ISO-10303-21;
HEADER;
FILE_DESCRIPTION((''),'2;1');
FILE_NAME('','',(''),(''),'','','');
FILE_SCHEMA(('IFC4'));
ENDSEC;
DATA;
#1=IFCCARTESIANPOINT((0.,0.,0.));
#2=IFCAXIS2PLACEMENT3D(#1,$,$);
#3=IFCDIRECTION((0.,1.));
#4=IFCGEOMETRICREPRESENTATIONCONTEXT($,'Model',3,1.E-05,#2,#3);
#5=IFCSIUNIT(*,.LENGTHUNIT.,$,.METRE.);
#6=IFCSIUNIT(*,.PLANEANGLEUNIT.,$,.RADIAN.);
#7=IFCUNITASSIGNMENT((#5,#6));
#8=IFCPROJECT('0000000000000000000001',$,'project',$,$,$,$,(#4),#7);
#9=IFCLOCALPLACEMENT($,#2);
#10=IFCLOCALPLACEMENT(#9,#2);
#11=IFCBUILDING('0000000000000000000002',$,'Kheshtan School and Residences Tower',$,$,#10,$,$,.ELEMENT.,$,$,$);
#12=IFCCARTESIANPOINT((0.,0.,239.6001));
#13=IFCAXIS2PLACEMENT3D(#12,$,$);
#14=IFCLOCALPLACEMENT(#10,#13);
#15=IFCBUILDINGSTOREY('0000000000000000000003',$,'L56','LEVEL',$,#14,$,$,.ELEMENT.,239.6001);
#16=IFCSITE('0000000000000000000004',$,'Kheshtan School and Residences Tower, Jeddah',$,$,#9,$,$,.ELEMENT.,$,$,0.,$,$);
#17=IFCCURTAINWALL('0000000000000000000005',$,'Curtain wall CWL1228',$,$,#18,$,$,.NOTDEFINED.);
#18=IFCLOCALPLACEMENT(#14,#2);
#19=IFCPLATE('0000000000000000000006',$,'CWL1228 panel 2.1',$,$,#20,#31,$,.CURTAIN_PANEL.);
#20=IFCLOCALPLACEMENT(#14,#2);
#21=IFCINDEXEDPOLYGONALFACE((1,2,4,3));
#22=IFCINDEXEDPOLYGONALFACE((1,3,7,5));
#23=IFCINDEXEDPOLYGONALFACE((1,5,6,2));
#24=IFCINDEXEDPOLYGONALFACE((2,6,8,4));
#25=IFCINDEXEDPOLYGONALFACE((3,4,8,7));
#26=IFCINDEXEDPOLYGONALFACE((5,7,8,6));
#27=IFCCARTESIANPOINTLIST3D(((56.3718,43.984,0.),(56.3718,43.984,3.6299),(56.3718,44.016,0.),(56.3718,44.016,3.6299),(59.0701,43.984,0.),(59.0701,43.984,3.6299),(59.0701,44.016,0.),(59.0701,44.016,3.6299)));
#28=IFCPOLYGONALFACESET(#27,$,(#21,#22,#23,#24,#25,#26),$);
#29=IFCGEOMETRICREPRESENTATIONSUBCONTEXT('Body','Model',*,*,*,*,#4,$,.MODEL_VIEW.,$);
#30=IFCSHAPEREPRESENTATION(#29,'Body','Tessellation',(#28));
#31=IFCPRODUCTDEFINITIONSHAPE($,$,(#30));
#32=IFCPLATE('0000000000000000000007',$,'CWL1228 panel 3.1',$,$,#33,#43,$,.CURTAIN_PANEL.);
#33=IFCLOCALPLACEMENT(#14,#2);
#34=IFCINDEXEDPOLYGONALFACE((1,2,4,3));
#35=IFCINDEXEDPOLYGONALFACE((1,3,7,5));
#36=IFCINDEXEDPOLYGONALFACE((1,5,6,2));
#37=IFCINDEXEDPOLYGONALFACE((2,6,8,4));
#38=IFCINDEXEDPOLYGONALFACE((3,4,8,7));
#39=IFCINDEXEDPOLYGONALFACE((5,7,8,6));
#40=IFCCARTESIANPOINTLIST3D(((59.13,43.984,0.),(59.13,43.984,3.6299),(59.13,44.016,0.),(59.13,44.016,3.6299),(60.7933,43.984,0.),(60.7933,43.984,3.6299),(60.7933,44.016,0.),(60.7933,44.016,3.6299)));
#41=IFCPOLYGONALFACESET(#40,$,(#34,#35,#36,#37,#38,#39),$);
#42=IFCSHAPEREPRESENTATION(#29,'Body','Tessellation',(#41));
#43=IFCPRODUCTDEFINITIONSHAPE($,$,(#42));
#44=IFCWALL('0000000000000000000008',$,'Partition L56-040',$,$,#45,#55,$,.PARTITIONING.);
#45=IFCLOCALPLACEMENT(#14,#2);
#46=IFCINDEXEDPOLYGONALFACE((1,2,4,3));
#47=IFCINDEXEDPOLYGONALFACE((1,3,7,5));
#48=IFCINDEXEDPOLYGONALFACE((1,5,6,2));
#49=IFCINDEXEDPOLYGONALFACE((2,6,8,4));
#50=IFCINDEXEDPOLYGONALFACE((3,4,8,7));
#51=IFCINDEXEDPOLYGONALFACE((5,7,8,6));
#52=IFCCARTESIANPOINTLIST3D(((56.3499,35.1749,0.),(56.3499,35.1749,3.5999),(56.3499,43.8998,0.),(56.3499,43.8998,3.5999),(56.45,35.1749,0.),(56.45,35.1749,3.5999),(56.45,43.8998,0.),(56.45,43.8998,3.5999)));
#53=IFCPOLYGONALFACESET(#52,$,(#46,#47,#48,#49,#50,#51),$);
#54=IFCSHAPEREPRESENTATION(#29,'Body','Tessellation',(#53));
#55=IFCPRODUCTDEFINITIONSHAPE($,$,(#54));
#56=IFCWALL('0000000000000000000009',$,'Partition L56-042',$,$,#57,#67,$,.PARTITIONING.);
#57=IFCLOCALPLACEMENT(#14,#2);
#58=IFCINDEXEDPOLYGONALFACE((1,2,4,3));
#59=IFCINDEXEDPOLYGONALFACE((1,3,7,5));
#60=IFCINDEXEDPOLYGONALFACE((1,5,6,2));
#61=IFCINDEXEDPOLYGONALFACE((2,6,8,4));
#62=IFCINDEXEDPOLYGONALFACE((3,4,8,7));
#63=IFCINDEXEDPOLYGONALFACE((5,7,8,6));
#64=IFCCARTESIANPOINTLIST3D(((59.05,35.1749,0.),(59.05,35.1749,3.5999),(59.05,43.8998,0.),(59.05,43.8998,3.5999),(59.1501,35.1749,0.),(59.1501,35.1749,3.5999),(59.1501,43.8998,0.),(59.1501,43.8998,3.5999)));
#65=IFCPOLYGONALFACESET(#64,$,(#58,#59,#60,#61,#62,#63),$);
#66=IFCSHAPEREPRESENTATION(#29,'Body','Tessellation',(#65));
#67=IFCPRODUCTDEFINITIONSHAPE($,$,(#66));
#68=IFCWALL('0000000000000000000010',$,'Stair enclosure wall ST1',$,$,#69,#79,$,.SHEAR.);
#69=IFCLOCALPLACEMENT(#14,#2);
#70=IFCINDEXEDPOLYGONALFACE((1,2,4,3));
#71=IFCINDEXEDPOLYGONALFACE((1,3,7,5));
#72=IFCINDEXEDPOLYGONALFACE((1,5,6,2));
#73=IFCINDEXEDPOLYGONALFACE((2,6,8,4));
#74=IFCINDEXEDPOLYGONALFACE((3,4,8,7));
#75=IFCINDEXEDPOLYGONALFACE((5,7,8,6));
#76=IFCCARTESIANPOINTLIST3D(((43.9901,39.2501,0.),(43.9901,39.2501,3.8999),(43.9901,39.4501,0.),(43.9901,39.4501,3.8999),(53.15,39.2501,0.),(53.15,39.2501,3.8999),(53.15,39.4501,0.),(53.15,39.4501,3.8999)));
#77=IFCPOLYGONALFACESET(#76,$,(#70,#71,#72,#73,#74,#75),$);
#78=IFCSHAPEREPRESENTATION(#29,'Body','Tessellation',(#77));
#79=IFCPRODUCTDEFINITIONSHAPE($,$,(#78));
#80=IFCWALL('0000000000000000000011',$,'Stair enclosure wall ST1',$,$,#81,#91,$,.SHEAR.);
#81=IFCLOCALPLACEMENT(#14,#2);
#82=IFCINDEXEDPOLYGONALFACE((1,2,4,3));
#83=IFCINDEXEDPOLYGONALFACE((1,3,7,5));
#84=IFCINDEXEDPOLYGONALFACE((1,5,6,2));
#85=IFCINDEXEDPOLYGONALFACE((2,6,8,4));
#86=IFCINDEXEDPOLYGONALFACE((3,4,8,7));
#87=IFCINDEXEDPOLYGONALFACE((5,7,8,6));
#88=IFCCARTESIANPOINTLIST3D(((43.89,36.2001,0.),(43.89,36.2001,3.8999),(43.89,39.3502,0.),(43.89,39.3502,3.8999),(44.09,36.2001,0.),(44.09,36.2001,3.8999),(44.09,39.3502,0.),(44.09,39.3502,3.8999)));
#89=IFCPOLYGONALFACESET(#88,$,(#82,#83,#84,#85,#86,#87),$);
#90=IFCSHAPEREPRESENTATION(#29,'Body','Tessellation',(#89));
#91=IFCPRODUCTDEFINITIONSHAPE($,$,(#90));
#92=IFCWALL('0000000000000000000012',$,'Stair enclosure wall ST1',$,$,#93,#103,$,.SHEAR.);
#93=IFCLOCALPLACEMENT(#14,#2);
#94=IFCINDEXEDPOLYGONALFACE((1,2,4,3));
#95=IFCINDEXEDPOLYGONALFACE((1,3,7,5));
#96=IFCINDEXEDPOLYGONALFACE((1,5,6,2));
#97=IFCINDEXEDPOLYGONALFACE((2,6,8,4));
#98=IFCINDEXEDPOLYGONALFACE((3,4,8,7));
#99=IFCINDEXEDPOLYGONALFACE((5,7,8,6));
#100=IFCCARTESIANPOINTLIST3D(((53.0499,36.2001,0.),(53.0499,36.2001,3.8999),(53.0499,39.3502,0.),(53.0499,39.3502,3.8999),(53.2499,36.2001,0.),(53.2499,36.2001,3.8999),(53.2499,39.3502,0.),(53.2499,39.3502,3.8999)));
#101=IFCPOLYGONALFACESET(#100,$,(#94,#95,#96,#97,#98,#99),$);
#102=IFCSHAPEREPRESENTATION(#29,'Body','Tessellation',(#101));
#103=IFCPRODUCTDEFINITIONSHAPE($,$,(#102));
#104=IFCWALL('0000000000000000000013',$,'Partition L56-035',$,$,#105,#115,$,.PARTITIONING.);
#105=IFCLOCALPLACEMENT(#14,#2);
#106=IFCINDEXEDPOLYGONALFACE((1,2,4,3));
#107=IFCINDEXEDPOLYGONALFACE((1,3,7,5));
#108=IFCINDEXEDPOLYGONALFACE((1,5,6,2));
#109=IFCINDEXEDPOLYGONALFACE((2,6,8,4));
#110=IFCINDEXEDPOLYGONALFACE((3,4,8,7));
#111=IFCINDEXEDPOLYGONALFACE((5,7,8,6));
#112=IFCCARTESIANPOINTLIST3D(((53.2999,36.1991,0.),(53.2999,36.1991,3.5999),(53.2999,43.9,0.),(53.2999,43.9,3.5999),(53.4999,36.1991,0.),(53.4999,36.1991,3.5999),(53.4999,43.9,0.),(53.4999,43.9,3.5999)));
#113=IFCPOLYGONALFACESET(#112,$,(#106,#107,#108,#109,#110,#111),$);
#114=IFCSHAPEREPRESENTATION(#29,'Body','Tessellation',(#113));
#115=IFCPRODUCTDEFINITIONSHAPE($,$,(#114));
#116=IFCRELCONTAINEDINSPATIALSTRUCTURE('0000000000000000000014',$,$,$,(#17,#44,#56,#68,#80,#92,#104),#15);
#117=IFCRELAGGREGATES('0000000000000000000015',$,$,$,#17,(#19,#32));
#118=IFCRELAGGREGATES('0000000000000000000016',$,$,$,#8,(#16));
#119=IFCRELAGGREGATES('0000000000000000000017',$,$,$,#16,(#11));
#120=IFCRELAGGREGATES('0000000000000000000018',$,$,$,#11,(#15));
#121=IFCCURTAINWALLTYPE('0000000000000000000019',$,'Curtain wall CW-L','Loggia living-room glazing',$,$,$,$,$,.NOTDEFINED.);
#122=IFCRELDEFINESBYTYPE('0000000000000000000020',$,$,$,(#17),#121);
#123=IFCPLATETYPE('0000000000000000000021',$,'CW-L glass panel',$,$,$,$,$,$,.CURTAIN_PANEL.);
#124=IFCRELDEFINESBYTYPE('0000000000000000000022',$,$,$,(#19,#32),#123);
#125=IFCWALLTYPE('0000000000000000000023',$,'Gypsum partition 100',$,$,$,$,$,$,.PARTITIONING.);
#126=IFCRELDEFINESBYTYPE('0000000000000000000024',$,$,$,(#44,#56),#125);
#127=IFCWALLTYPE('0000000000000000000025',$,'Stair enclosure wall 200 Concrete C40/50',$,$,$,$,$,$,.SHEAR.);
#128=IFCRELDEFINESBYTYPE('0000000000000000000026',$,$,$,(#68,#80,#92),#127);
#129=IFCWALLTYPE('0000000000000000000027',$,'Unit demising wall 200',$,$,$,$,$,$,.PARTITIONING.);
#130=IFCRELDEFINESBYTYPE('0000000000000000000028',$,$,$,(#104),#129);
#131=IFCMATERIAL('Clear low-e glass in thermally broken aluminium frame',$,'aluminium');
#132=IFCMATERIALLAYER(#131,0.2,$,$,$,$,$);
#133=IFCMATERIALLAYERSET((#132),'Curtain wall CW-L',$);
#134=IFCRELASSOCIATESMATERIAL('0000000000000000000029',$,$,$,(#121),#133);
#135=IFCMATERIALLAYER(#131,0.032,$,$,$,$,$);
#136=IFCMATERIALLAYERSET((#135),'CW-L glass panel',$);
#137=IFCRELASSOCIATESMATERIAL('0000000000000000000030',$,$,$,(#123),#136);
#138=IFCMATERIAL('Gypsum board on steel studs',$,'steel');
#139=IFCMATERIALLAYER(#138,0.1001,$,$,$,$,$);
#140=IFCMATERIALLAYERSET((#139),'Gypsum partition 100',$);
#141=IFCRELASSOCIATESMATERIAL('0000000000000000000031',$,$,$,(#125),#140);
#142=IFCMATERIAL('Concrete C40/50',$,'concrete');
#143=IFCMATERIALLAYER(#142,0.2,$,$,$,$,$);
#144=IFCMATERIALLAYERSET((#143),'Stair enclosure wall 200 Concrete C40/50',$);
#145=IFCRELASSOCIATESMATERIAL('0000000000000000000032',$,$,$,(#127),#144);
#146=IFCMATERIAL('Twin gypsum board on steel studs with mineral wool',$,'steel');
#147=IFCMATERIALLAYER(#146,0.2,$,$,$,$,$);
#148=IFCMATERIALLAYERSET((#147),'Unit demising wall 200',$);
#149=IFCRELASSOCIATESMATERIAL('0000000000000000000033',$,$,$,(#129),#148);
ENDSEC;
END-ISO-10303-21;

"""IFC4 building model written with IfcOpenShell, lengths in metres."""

from ifc_helpers import new_model, si_unit, direction, frame, frame_2d, origin, origin_2d, place, context, subcontext, project, spatial, rectangle, extrude, material, layer, layer_set, type_object, element, aggregate, save


model = new_model("IFC4")

# Units and contexts
model_context = context("Model", 3, precision=1e-05, world=origin(), true_north=direction((0.0, 1.0)))
body_context = subcontext(model_context, "Body", "Model", "MODEL_VIEW")
ifc_project = project(units=[si_unit("LENGTHUNIT", "METRE"), si_unit("PLANEANGLEUNIT", "RADIAN")], contexts=[model_context])

# Site, building, storey
site_placement = place(None, origin())
site = spatial("IfcSite", under=ifc_project, at=site_placement, Name="Kheshtan School and Residences Tower, Jeddah", CompositionType="ELEMENT", RefElevation=0.0)
building_placement = place(site_placement, origin())
building = spatial("IfcBuilding", under=site, at=building_placement, Name="Kheshtan School and Residences Tower", CompositionType="ELEMENT")
storey_placement = place(building_placement, frame((0.0, 0.0, 239.6001)))
storey = spatial("IfcBuildingStorey", under=building, at=storey_placement, Name="L56", Description="LEVEL", CompositionType="ELEMENT", Elevation=239.6001)

# Curtain wall, plates
ifc_material_1 = material(Name="Clear low-e glass in thermally broken aluminium frame", Category="aluminium")
ifc_layer_1 = layer(ifc_material_1, 0.2)
ifc_layer_set_1 = layer_set([ifc_layer_1], Name="Curtain wall CW-L")
curtain_wall_type = type_object("IfcCurtainWallType", Name="Curtain wall CW-L", Description="Loggia living-room glazing", PredefinedType="NOTDEFINED", material=ifc_layer_set_1)
curtain_wall_placement = place(storey_placement, origin())
curtain_wall = element("IfcCurtainWall", 1, at=curtain_wall_placement, inside=storey, type_object=curtain_wall_type, Name="Curtain wall CWL1228", PredefinedType="NOTDEFINED")
ifc_layer_2 = layer(ifc_material_1, 0.032)
ifc_layer_set_2 = layer_set([ifc_layer_2], Name="CW-L glass panel")
plate_type = type_object("IfcPlateType", Name="CW-L glass panel", PredefinedType="CURTAIN_PANEL", material=ifc_layer_set_2)
plate_1_placement = place(storey_placement, frame((57.7209, 44.0, 0.0), z_axis=(0.0, 0.0, 1.0), x_axis=(1.0, 0.0, 0.0)))
plate_1 = element("IfcPlate", 2, at=plate_1_placement, type_object=plate_type, Name="CWL1228 panel 2.1", PredefinedType="CURTAIN_PANEL", context=body_context, shape_type="SweptSolid", body=[
    extrude(rectangle(XDim=2.6982, YDim=0.032, at=origin_2d()), origin(), (0.0, 0.0, 1.0), 3.6299),
])
plate_2_placement = place(storey_placement, frame((59.9617, 44.0, 0.0), z_axis=(0.0, 0.0, 1.0), x_axis=(1.0, 0.0, 0.0)))
plate_2 = element("IfcPlate", 3, at=plate_2_placement, type_object=plate_type, Name="CWL1228 panel 3.1", PredefinedType="CURTAIN_PANEL", context=body_context, shape_type="SweptSolid", body=[
    extrude(rectangle(XDim=1.6633, YDim=0.032, at=origin_2d()), origin(), (0.0, 0.0, 1.0), 3.6299),
])
aggregate(curtain_wall, [plate_1, plate_2])

# Walls
ifc_material_2 = material(Name="Gypsum board on steel studs", Category="steel")
ifc_layer_3 = layer(ifc_material_2, 0.1001)
ifc_layer_set_3 = layer_set([ifc_layer_3], Name="Gypsum partition 100")
wall_type_1 = type_object("IfcWallType", Name="Gypsum partition 100", PredefinedType="PARTITIONING", material=ifc_layer_set_3)
for number, where, z_axis, x_axis, name in (
    (4, (56.3999, 35.175, 0.0), (0.0, 0.0, 1.0), (0.0, 1.0, 0.0), "Partition L56-040"),
    (5, (59.1001, 35.175, 0.0), (0.0, 0.0, 1.0), (0.0, 1.0, 0.0), "Partition L56-042"),
):
    element("IfcWall", number, at=place(storey_placement, frame(where, z_axis=z_axis, x_axis=x_axis)), inside=storey, type_object=wall_type_1, Name=name, PredefinedType="PARTITIONING", context=body_context, shape_type="SweptSolid", body=[
        extrude(rectangle(XDim=8.7249, YDim=0.1001, at=frame_2d((4.3623, 0.0))), origin(), (0.0, 0.0, 1.0), 3.5999),
    ])
ifc_material_3 = material(Name="Concrete C40/50", Category="concrete")
ifc_layer_4 = layer(ifc_material_3, 0.2)
ifc_layer_set_4 = layer_set([ifc_layer_4], Name="Stair enclosure wall 200 Concrete C40/50")
wall_type_2 = type_object("IfcWallType", Name="Stair enclosure wall 200 Concrete C40/50", PredefinedType="SHEAR", material=ifc_layer_set_4)
wall_1_placement = place(storey_placement, frame((43.99, 39.3501, 0.0), z_axis=(0.0, 0.0, 1.0), x_axis=(1.0, 0.0, 0.0)))
element("IfcWall", 6, at=wall_1_placement, inside=storey, type_object=wall_type_2, Name="Stair enclosure wall ST1", PredefinedType="SHEAR", context=body_context, shape_type="SweptSolid", body=[
    extrude(rectangle(XDim=9.1599, YDim=0.2, at=frame_2d((4.5801, 0.0))), origin(), (0.0, 0.0, 1.0), 3.8999),
])
for number, where, z_axis, x_axis, name in (
    (7, (43.99, 36.2, 0.0), (0.0, 0.0, 1.0), (0.0, 1.0, 0.0), "Stair enclosure wall ST1"),
    (8, (53.1499, 36.2, 0.0), (0.0, 0.0, 1.0), (0.0, 1.0, 0.0), "Stair enclosure wall ST1"),
):
    element("IfcWall", number, at=place(storey_placement, frame(where, z_axis=z_axis, x_axis=x_axis)), inside=storey, type_object=wall_type_2, Name=name, PredefinedType="SHEAR", context=body_context, shape_type="SweptSolid", body=[
        extrude(rectangle(XDim=3.1501, YDim=0.2, at=frame_2d((1.5752, 0.0))), origin(), (0.0, 0.0, 1.0), 3.8999),
    ])
ifc_material_4 = material(Name="Twin gypsum board on steel studs with mineral wool", Category="steel")
ifc_layer_5 = layer(ifc_material_4, 0.2)
ifc_layer_set_5 = layer_set([ifc_layer_5], Name="Unit demising wall 200")
wall_type_3 = type_object("IfcWallType", Name="Unit demising wall 200", PredefinedType="PARTITIONING", material=ifc_layer_set_5)
wall_2_placement = place(storey_placement, frame((53.3999, 36.199, 0.0), z_axis=(0.0, 0.0, 1.0), x_axis=(0.0, 1.0, 0.0)))
element("IfcWall", 9, at=wall_2_placement, inside=storey, type_object=wall_type_3, Name="Partition L56-035", PredefinedType="PARTITIONING", context=body_context, shape_type="SweptSolid", body=[
    extrude(rectangle(XDim=7.7009, YDim=0.2, at=frame_2d((3.8506, 0.0))), origin(), (0.0, 0.0, 1.0), 3.5999),
])

save(model, "model.ifc")
